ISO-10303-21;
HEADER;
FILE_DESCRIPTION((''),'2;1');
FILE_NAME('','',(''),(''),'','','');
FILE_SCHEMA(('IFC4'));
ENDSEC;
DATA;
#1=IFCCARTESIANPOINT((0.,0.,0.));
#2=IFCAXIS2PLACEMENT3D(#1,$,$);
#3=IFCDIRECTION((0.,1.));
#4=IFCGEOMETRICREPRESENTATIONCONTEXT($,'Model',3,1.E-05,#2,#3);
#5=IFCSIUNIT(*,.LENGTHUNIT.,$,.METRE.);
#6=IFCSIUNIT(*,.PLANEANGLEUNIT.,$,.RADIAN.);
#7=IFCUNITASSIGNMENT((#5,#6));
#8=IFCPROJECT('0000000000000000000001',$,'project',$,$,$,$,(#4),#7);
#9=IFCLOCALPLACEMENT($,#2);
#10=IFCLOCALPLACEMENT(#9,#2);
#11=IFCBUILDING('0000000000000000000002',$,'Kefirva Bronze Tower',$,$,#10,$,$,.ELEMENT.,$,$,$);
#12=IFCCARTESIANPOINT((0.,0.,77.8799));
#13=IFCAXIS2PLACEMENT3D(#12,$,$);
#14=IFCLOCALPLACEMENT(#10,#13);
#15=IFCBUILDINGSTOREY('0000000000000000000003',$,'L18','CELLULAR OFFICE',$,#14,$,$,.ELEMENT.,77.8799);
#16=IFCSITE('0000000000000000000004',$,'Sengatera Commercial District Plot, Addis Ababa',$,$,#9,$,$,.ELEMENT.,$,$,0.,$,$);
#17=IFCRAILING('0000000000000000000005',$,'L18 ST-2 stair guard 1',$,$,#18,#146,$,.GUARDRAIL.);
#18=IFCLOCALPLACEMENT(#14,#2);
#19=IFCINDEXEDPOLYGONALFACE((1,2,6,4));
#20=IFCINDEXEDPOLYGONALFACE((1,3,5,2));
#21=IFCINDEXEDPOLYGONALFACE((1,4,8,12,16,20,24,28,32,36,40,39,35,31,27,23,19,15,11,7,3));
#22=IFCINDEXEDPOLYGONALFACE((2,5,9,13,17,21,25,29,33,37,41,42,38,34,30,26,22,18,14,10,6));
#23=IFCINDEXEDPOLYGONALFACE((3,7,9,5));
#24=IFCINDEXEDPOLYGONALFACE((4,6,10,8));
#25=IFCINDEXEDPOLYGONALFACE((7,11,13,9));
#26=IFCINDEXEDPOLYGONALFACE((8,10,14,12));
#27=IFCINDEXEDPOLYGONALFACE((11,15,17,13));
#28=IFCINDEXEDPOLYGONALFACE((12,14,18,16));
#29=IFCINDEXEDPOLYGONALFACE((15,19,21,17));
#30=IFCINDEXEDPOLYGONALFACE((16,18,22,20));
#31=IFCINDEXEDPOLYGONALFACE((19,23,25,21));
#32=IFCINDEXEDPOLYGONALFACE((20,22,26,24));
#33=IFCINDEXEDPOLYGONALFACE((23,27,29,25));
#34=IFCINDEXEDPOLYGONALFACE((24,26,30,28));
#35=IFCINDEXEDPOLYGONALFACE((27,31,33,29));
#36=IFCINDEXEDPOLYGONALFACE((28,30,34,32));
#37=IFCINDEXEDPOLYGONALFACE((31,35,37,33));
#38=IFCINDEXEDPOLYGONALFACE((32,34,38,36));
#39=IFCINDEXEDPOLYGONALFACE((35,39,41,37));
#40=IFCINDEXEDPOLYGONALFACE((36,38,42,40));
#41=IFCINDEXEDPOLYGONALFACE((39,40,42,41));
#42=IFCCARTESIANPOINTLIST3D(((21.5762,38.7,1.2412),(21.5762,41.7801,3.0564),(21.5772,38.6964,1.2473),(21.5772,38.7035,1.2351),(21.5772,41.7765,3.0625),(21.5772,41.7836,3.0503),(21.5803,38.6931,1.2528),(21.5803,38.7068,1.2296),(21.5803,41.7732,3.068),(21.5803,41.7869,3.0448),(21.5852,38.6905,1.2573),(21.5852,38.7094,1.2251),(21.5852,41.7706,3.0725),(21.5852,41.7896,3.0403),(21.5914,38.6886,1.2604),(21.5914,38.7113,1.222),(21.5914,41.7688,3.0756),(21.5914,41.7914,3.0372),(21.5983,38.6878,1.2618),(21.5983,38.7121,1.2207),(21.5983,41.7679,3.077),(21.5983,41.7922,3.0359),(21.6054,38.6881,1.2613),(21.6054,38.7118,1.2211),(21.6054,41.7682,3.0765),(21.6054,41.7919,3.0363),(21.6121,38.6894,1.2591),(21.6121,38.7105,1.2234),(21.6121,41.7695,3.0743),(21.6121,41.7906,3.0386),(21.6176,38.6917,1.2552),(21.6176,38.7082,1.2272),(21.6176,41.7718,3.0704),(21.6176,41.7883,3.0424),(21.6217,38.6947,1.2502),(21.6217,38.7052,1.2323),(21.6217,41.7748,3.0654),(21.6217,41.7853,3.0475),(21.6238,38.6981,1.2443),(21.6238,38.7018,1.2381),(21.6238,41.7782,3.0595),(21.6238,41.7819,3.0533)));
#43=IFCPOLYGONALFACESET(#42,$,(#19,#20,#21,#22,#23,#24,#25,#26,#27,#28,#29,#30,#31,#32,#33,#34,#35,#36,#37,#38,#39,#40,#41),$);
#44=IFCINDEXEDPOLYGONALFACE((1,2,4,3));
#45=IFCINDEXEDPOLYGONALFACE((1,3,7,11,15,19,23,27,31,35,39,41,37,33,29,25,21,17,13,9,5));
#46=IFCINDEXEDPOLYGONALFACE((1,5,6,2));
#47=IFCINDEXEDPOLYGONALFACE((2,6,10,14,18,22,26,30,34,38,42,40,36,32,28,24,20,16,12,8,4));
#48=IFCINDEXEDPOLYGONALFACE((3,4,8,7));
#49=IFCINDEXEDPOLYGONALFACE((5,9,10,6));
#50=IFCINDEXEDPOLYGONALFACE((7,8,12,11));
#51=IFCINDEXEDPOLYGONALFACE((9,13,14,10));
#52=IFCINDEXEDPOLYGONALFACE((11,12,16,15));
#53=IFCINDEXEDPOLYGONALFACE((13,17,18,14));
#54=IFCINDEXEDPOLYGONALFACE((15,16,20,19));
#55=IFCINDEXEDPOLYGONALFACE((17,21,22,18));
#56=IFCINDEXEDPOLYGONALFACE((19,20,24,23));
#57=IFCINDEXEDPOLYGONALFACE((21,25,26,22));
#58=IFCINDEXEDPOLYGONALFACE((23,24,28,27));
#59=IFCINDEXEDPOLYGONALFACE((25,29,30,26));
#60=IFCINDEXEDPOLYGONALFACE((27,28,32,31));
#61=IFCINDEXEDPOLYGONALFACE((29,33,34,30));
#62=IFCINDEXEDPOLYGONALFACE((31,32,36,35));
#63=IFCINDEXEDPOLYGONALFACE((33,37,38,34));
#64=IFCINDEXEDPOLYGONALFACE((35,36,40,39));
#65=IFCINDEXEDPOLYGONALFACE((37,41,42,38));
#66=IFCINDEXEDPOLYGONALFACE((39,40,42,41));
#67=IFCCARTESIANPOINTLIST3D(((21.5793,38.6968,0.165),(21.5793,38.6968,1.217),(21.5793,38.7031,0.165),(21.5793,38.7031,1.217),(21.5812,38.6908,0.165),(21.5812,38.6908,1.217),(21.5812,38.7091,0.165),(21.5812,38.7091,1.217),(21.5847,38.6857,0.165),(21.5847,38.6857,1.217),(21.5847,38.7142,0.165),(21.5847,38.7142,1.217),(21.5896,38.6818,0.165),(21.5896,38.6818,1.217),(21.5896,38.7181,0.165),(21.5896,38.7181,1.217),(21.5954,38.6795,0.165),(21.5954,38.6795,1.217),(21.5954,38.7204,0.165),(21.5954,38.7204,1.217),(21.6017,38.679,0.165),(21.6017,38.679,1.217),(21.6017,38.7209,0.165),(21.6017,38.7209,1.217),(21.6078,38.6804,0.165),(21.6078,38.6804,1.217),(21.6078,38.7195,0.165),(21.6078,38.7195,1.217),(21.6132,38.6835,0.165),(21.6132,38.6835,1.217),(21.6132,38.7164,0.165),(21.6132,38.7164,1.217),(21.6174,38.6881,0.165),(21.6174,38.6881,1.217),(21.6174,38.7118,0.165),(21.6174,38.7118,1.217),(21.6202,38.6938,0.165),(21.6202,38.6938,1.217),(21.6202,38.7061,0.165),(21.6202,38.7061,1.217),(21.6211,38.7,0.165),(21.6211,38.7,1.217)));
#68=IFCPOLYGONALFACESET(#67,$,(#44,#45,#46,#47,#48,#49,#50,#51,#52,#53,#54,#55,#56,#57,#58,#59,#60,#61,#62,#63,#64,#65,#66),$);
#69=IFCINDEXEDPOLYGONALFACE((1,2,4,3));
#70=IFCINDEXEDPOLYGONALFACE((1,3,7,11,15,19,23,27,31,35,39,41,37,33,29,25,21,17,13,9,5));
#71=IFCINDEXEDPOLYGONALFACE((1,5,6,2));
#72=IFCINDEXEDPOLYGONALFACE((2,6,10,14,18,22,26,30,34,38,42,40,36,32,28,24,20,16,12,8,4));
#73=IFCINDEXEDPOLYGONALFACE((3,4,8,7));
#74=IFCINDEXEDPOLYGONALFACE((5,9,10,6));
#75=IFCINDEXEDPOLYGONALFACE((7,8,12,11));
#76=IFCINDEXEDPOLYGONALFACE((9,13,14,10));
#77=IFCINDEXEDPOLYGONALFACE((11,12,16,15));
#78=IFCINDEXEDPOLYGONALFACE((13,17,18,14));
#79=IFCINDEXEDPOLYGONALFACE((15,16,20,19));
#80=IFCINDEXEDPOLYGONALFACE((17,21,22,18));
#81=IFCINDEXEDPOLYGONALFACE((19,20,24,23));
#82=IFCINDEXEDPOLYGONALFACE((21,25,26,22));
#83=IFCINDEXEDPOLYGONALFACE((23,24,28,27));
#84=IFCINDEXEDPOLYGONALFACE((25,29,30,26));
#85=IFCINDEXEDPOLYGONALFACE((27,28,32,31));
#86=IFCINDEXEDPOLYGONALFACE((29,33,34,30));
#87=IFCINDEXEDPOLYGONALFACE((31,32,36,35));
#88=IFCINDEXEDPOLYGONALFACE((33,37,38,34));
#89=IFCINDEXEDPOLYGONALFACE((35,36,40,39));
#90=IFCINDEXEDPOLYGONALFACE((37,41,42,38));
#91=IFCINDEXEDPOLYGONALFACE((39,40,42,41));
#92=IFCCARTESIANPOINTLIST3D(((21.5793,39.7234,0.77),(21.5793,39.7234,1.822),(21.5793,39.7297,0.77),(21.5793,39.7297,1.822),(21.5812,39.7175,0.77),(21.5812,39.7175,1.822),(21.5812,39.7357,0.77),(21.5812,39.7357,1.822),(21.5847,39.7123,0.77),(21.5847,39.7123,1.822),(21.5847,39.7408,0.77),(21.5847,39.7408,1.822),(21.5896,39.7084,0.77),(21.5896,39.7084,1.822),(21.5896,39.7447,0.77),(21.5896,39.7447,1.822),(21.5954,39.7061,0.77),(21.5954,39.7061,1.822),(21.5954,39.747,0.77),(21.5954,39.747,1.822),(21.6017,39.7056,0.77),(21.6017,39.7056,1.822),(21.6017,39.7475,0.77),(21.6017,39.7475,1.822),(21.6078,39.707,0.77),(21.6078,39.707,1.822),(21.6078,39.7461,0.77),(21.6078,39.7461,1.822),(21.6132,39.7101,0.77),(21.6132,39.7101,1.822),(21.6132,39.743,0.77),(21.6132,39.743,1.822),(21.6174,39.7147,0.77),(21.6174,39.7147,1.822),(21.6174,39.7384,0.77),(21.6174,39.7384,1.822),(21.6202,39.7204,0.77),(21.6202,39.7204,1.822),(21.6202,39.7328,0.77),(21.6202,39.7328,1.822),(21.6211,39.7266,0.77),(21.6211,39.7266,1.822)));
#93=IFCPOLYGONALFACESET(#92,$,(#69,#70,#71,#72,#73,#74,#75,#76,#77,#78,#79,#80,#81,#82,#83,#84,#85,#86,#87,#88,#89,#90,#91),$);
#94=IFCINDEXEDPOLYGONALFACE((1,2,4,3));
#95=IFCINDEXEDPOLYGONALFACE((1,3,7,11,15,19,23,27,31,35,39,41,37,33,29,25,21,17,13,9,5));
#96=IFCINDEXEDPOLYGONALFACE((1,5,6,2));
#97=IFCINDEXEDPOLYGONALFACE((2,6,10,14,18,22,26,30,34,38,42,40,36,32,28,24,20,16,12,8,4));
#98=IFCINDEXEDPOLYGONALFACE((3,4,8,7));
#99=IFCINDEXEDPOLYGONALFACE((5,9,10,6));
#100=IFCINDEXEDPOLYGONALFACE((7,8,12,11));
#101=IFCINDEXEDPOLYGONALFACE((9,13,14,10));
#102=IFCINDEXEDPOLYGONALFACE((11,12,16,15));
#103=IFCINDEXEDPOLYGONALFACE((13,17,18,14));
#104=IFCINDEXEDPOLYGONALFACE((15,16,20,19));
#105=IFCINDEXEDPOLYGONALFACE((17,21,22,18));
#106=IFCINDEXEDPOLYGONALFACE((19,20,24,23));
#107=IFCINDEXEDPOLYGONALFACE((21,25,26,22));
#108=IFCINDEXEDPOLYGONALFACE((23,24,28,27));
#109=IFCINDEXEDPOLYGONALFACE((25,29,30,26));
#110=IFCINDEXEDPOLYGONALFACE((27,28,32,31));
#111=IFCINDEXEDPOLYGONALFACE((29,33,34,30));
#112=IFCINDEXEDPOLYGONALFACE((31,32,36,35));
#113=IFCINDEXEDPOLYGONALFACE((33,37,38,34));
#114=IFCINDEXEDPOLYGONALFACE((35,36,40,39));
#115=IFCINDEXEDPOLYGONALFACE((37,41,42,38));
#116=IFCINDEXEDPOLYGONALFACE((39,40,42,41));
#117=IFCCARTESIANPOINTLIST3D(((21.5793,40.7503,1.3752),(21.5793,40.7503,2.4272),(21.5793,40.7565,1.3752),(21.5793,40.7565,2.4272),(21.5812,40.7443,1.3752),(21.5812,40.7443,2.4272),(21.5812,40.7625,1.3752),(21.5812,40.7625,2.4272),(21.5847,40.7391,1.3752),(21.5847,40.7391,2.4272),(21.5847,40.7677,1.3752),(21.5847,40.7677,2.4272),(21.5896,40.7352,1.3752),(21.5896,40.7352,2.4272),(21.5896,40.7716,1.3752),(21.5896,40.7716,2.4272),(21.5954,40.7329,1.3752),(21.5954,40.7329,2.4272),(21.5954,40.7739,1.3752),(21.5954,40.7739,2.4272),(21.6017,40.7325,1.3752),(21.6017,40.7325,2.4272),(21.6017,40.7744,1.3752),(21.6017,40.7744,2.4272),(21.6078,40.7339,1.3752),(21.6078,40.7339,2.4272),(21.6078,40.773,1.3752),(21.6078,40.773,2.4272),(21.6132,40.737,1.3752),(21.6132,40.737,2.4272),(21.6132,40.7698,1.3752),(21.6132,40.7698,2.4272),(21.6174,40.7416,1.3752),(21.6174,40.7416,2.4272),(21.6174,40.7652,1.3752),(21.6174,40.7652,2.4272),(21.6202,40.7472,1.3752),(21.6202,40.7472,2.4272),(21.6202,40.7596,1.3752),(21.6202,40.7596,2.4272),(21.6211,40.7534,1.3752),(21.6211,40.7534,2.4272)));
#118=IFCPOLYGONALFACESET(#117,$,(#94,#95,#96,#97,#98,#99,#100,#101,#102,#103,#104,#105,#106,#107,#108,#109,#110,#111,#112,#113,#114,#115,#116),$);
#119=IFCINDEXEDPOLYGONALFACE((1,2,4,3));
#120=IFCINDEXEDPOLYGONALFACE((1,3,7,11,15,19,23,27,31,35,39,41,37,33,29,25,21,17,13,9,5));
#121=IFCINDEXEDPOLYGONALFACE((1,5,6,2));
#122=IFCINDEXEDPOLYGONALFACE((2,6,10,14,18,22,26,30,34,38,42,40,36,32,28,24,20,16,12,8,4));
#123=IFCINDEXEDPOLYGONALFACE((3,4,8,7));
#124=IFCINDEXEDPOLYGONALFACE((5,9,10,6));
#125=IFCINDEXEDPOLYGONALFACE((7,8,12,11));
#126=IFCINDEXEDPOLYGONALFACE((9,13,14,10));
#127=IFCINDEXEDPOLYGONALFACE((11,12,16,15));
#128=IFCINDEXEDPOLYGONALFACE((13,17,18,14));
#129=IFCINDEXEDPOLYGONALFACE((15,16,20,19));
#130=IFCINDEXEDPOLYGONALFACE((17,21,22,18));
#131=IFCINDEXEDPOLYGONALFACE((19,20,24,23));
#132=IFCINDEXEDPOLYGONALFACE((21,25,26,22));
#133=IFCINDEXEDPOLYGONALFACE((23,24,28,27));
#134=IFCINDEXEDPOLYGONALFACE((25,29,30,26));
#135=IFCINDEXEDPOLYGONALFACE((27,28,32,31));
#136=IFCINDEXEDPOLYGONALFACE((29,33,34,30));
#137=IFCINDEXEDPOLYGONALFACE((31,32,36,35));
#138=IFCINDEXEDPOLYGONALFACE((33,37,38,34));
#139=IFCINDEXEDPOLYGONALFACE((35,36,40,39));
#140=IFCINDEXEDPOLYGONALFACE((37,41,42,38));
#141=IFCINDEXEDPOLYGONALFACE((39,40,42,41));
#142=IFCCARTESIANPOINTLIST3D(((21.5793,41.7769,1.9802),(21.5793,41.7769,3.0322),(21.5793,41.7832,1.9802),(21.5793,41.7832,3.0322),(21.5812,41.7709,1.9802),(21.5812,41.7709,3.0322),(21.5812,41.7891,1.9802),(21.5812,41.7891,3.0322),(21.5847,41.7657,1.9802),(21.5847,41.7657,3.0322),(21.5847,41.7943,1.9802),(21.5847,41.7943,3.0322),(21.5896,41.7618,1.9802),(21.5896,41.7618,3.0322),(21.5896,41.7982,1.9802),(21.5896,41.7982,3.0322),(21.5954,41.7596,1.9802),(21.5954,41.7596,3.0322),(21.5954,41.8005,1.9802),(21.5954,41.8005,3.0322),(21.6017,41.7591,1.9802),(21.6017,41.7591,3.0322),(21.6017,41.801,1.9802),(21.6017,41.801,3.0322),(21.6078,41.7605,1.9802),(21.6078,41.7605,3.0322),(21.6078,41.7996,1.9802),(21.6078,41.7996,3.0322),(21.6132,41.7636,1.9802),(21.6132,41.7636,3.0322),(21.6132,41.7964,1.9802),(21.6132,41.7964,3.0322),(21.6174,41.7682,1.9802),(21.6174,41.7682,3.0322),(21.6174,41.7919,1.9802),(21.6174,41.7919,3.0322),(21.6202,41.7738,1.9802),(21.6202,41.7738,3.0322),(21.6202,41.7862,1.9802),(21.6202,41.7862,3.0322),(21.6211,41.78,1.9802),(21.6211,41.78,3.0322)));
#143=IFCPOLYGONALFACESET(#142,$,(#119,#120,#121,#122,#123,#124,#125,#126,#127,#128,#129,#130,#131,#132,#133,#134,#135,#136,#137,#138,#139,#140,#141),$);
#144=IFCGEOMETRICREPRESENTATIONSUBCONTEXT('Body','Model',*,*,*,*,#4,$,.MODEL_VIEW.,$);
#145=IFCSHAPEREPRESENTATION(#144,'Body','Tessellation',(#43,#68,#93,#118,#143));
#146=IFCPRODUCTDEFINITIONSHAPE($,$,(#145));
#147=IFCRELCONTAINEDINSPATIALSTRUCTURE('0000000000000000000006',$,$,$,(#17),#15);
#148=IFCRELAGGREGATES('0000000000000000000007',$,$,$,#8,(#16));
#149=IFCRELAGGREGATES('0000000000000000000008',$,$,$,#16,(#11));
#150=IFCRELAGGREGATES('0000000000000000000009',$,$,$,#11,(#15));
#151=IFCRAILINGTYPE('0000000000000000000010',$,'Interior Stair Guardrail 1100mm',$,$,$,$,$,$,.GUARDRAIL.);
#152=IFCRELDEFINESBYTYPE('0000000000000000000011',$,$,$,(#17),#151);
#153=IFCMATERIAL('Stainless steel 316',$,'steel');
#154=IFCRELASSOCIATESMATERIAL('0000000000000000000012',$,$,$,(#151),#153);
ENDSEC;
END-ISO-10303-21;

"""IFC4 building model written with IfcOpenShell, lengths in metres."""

from ifc_helpers import new_model, si_unit, direction, frame, origin, origin_2d, place, context, subcontext, project, spatial, circle, extrude, material, type_object, element, save


model = new_model("IFC4")

# Units and contexts
model_context = context("Model", 3, precision=1e-05, world=origin(), true_north=direction((0.0, 1.0)))
body_context = subcontext(model_context, "Body", "Model", "MODEL_VIEW")
ifc_project = project(units=[si_unit("LENGTHUNIT", "METRE"), si_unit("PLANEANGLEUNIT", "RADIAN")], contexts=[model_context])

# Site, building, storey
site_placement = place(None, origin())
site = spatial("IfcSite", under=ifc_project, at=site_placement, Name="Sengatera Commercial District Plot, Addis Ababa", CompositionType="ELEMENT", RefElevation=0.0)
building_placement = place(site_placement, origin())
building = spatial("IfcBuilding", under=site, at=building_placement, Name="Kefirva Bronze Tower", CompositionType="ELEMENT")
storey_placement = place(building_placement, frame((0.0, 0.0, 77.8799)))
storey = spatial("IfcBuildingStorey", under=building, at=storey_placement, Name="L18", Description="CELLULAR OFFICE", CompositionType="ELEMENT", Elevation=77.8799)

# Railing
ifc_material_1 = material(Name="Stainless steel 316", Category="steel")
railing_type_1 = type_object("IfcRailingType", Name="Interior Stair Guardrail 1100mm", PredefinedType="GUARDRAIL", material=ifc_material_1)
railing_1_placement = place(storey_placement, frame((21.6001, 38.7, 0.165)))
element("IfcRailing", 1, at=railing_1_placement, inside=storey, type_object=railing_type_1, Name="L18 ST-2 stair guard 1", PredefinedType="GUARDRAIL", context=body_context, shape_type="SweptSolid", body=[
    extrude(circle(Radius=0.0239, at=origin_2d()), frame((0.0, 0.0, 1.0762), z_axis=(0.0, 0.861521, 0.507721), x_axis=(-1.0, 0.0, 0.0)), (0.0, 0.0, 1.0), 3.5752),
    extrude(circle(Radius=0.021, at=origin_2d()), origin(), (0.0, 0.0, 1.0), 1.052),
    extrude(circle(Radius=0.021, at=origin_2d()), frame((0.0, 1.0266, 0.605)), (0.0, 0.0, 1.0), 1.052),
    extrude(circle(Radius=0.021, at=origin_2d()), frame((0.0, 2.0535, 1.2102)), (0.0, 0.0, 1.0), 1.052),
    extrude(circle(Radius=0.021, at=origin_2d()), frame((0.0, 3.0801, 1.8152)), (0.0, 0.0, 1.0), 1.052),
])

save(model, "model.ifc")
